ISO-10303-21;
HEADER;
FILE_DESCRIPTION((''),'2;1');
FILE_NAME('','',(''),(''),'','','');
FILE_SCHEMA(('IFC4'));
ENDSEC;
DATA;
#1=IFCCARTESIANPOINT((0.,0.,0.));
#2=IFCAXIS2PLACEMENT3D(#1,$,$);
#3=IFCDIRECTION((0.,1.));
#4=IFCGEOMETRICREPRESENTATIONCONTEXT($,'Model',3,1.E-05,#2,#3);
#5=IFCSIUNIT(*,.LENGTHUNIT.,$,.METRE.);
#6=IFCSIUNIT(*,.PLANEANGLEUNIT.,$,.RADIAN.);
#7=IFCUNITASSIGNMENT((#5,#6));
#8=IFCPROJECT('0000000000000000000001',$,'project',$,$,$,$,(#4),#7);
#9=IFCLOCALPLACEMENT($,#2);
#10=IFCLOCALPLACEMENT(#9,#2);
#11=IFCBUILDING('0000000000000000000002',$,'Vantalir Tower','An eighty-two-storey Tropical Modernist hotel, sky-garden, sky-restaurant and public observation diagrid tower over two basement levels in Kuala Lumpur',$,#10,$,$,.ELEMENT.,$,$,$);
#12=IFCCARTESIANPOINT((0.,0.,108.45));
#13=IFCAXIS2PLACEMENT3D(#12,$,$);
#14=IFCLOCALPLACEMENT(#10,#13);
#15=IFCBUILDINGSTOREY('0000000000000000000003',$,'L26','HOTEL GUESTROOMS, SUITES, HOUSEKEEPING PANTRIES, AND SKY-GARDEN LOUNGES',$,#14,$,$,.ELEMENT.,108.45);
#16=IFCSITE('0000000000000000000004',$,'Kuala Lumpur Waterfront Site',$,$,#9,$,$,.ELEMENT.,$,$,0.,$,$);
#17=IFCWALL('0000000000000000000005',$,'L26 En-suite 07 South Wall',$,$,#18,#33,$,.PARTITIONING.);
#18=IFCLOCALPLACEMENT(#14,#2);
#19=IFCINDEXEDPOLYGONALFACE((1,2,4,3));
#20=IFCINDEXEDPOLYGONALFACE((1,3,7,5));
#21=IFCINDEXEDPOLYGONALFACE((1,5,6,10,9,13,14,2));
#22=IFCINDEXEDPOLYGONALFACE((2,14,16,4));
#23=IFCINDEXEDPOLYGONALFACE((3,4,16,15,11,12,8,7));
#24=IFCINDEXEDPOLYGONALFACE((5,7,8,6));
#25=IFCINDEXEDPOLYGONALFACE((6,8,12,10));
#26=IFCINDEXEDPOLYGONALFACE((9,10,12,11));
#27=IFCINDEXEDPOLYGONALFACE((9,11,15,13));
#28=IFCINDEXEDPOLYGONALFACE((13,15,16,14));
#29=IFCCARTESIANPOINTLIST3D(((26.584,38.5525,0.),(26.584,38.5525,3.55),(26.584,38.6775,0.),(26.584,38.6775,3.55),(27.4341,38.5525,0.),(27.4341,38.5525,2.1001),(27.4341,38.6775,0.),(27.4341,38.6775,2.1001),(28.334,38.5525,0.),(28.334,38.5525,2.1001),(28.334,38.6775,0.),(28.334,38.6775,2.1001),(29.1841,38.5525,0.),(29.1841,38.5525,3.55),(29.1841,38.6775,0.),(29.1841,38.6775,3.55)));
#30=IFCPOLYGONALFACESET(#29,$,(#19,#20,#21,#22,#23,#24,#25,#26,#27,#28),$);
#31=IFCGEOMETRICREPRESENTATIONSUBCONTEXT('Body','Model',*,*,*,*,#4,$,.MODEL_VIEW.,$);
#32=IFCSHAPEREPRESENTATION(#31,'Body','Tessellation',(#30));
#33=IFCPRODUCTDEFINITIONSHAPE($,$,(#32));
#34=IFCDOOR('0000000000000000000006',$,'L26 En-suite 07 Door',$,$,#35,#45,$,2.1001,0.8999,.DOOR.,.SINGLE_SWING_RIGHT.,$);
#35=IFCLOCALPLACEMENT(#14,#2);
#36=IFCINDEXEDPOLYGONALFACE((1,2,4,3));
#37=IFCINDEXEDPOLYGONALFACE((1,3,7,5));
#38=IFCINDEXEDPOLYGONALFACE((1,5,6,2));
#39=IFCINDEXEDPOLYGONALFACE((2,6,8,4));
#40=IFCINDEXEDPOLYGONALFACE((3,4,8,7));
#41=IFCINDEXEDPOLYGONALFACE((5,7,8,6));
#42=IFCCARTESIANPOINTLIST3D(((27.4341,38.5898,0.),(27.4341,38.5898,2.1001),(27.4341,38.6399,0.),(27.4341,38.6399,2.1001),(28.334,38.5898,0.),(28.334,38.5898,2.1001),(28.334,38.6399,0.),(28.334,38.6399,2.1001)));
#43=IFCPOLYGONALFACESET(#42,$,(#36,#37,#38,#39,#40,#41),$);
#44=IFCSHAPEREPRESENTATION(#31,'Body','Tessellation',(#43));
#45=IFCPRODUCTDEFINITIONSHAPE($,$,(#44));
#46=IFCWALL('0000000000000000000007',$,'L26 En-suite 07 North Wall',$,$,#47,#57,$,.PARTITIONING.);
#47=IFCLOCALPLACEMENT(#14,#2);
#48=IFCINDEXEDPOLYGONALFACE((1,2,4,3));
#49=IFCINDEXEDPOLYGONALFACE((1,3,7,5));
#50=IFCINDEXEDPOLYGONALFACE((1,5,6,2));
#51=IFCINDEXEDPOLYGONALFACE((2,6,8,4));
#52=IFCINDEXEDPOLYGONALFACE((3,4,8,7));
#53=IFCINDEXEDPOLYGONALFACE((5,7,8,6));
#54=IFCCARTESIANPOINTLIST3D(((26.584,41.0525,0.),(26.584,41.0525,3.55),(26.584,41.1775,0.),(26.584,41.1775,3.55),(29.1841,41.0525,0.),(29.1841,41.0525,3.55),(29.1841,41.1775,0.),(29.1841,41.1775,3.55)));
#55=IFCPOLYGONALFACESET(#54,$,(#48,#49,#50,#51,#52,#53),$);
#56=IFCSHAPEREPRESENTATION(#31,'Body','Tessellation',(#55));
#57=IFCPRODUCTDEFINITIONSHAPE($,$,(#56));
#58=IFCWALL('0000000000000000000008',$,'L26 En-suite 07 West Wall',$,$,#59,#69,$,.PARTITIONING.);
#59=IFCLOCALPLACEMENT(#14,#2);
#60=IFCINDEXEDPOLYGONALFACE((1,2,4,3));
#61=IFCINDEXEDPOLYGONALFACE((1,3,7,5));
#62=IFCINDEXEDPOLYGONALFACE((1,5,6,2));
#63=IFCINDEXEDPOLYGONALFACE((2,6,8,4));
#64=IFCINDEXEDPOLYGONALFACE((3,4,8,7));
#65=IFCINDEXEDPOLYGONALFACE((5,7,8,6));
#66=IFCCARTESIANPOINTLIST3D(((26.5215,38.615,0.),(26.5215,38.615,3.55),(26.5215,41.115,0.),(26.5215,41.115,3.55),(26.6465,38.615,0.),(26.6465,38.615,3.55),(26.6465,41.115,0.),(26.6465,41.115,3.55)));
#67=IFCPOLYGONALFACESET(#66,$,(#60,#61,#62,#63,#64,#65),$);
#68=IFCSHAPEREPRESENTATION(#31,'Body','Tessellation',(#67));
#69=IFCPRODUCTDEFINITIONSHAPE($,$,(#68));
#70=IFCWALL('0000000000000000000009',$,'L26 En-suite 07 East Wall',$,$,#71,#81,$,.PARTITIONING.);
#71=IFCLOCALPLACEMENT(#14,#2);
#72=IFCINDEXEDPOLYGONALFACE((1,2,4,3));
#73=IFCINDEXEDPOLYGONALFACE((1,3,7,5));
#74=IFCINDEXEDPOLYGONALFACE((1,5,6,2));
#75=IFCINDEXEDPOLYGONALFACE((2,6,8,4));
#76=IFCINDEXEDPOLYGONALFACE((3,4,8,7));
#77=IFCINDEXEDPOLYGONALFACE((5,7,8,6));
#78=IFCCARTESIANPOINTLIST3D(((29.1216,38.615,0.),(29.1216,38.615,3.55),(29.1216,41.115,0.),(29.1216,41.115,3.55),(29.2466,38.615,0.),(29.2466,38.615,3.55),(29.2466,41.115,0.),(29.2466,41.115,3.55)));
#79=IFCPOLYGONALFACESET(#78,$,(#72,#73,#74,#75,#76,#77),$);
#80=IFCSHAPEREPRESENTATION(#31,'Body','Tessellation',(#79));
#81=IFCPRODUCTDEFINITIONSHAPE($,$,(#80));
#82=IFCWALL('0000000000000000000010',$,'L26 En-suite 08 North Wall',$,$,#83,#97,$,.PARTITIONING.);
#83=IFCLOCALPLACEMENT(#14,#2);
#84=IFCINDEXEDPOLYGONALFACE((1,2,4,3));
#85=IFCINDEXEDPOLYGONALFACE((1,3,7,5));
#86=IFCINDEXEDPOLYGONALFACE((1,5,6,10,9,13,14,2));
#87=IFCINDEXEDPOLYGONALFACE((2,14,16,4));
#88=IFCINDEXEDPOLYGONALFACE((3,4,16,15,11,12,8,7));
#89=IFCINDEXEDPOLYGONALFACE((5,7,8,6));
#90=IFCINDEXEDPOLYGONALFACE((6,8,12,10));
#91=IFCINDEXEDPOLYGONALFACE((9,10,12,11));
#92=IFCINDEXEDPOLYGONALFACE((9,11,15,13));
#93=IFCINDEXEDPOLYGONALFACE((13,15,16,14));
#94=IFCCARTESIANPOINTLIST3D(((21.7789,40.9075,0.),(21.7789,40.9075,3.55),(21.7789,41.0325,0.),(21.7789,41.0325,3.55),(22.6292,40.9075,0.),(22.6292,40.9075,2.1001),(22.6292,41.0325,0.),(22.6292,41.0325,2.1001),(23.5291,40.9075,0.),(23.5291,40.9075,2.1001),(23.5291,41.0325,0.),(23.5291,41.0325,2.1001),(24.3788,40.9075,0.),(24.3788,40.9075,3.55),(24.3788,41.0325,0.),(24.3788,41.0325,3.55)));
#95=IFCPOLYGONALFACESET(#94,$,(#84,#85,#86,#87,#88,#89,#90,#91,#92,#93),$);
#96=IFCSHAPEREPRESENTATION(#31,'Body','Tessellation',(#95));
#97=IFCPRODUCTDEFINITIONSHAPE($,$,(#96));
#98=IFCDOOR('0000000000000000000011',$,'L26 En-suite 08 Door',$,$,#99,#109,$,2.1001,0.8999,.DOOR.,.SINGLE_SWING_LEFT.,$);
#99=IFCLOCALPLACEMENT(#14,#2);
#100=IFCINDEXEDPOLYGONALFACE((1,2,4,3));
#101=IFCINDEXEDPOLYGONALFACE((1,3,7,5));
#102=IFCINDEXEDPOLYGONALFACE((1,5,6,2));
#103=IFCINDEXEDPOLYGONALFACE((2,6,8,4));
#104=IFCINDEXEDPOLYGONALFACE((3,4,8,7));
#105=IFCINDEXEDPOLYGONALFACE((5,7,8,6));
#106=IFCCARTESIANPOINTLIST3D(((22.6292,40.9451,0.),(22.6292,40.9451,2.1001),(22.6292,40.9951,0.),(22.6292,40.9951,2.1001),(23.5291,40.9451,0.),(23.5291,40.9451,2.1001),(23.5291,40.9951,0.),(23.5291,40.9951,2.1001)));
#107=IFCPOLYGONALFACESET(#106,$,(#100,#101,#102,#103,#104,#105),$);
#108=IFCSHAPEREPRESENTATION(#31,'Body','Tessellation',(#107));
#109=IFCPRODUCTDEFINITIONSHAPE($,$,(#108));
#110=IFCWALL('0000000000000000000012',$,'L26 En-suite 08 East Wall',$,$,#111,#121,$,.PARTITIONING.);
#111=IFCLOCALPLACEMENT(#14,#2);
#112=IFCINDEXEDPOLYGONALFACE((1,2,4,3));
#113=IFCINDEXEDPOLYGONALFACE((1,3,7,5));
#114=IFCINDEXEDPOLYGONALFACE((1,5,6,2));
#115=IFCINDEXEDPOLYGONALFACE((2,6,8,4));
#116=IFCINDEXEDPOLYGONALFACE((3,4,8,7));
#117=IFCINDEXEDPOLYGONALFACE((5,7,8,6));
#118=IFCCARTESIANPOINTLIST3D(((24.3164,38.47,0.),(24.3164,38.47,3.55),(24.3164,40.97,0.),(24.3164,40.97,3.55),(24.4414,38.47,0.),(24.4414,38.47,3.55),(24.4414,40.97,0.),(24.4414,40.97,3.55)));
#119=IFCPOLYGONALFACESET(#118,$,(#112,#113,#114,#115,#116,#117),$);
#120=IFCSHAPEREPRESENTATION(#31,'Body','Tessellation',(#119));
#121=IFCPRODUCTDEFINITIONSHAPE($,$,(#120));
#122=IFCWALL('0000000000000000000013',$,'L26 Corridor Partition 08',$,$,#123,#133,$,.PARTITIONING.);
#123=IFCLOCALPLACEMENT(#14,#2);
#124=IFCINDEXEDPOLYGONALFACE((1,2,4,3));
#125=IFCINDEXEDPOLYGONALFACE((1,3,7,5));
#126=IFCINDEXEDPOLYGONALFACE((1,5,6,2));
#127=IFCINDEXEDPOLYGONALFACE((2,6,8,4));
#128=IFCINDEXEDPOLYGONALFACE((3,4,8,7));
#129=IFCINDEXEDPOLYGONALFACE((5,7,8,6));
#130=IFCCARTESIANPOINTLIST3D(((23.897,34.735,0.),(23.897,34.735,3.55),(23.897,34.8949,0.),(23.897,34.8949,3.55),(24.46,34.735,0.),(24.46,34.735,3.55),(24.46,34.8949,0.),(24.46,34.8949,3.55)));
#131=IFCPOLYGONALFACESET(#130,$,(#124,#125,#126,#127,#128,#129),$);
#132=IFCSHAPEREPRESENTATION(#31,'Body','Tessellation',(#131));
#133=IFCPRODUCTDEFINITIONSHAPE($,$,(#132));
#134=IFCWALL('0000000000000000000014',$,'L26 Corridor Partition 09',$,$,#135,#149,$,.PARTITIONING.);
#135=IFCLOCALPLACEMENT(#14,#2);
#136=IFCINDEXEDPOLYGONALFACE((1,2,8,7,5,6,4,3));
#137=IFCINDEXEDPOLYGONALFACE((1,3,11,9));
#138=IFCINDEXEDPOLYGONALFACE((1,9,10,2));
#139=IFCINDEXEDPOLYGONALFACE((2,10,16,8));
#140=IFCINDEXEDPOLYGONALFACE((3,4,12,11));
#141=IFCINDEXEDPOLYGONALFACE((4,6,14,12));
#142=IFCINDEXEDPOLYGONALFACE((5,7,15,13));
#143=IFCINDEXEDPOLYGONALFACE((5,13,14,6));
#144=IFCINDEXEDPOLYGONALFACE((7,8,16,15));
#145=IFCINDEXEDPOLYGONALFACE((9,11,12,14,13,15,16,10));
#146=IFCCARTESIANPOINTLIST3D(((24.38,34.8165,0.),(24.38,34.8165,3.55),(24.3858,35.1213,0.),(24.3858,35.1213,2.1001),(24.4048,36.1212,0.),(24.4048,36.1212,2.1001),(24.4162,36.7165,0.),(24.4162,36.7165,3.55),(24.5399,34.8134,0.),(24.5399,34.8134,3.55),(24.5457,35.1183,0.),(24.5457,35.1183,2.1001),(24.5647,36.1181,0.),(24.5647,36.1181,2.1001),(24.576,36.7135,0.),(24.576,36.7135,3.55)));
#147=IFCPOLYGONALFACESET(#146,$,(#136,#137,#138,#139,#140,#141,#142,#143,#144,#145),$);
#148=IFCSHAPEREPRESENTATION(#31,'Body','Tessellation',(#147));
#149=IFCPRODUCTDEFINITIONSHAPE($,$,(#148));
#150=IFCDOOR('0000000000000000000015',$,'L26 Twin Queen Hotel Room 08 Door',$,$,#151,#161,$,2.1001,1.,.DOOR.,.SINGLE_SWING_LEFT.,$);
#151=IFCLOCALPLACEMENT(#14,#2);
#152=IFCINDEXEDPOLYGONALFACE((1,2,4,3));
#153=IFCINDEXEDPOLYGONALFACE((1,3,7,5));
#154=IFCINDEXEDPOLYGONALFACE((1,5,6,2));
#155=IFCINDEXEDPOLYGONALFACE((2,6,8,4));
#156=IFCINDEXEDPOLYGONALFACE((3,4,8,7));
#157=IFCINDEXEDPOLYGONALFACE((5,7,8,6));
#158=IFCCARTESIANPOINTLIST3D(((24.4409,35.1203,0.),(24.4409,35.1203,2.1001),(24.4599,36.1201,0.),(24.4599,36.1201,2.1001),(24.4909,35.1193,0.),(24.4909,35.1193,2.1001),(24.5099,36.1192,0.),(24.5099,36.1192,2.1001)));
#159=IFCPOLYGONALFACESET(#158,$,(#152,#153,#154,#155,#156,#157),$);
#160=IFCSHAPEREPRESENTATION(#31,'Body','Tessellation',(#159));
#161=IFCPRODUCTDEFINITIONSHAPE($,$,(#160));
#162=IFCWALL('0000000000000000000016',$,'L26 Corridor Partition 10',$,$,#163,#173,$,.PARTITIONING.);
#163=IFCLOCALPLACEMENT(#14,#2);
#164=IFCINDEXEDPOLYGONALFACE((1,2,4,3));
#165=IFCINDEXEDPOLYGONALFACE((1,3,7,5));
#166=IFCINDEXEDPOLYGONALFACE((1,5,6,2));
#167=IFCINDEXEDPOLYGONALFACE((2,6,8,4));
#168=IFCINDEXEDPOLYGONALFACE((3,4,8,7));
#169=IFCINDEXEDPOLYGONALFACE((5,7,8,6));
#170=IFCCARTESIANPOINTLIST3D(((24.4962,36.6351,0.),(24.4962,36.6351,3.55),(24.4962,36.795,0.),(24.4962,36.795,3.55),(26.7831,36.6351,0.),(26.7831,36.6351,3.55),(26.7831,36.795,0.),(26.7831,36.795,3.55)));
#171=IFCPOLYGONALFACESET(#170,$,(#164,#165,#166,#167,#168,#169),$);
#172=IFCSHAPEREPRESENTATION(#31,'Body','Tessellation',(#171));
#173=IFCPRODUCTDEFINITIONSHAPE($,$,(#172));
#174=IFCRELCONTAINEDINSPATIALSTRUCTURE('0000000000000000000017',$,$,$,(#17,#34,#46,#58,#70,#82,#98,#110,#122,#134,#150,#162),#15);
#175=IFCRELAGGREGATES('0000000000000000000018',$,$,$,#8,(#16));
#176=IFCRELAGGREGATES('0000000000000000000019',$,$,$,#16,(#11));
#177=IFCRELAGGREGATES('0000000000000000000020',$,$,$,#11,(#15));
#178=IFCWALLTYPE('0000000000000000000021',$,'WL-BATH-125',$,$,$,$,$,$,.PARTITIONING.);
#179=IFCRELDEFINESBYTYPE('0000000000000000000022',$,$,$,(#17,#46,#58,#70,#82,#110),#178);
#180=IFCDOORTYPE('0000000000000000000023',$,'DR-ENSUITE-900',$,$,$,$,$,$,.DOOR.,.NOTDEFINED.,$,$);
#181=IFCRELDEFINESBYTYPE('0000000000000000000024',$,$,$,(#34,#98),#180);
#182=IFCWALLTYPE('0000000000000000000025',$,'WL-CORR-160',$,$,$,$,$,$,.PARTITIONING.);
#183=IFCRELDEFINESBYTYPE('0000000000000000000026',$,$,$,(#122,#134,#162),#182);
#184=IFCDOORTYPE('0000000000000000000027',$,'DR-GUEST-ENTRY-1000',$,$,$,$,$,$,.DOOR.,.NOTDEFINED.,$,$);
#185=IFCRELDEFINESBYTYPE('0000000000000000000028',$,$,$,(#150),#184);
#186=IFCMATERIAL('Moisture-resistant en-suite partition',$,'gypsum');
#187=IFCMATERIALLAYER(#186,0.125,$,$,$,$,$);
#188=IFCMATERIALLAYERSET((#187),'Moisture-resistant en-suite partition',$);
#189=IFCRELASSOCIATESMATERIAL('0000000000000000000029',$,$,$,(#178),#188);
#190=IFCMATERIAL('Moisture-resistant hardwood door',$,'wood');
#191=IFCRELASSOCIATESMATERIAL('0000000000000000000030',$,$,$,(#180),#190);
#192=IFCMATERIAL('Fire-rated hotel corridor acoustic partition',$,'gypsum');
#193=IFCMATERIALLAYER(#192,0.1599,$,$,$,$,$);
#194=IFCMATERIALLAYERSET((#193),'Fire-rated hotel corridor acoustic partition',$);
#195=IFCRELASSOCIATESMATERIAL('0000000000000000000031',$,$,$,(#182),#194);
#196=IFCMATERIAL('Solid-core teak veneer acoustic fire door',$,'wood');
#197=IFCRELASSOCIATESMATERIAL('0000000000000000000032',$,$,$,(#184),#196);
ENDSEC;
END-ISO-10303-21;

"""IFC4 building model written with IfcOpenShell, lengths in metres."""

from ifc_helpers import new_model, si_unit, direction, frame, frame_2d, origin, place, context, subcontext, project, spatial, rectangle, extrude, material, layer, layer_set, type_object, element, fill, save


model = new_model("IFC4")

# Units and contexts
model_context = context("Model", 3, precision=1e-05, world=origin(), true_north=direction((0.0, 1.0)))
body_context = subcontext(model_context, "Body", "Model", "MODEL_VIEW")
ifc_project = project(units=[si_unit("LENGTHUNIT", "METRE"), si_unit("PLANEANGLEUNIT", "RADIAN")], contexts=[model_context])

# Site, building, storey
site_placement = place(None, origin())
site = spatial("IfcSite", under=ifc_project, at=site_placement, Name="Kuala Lumpur Waterfront Site", CompositionType="ELEMENT", RefElevation=0.0)
building_placement = place(site_placement, origin())
building = spatial("IfcBuilding", under=site, at=building_placement, Name="Vantalir Tower", Description="An eighty-two-storey Tropical Modernist hotel, sky-garden, sky-restaurant and public observation diagrid tower over two basement levels in Kuala Lumpur", CompositionType="ELEMENT")
storey_placement = place(building_placement, frame((0.0, 0.0, 108.45)))
storey = spatial("IfcBuildingStorey", under=building, at=storey_placement, Name="L26", Description="HOTEL GUESTROOMS, SUITES, HOUSEKEEPING PANTRIES, AND SKY-GARDEN LOUNGES", CompositionType="ELEMENT", Elevation=108.45)

# Shared definitions
ifc_material_1 = material(Name="Moisture-resistant en-suite partition", Category="gypsum")
ifc_layer_1 = layer(ifc_material_1, 0.125)
ifc_layer_set_1 = layer_set([ifc_layer_1], Name="Moisture-resistant en-suite partition")
wall_type_1 = type_object("IfcWallType", Name="WL-BATH-125", PredefinedType="PARTITIONING", material=ifc_layer_set_1)
ifc_material_2 = material(Name="Moisture-resistant hardwood door", Category="wood")
door_type_1 = type_object("IfcDoorType", Name="DR-ENSUITE-900", OperationType="NOTDEFINED", PredefinedType="DOOR", material=ifc_material_2)

# Wall, opening, door
wall_1_placement = place(storey_placement, frame((26.584, 38.615, 0.0), z_axis=(0.0, 0.0, 1.0), x_axis=(1.0, 0.0, 0.0)))
wall_1 = element("IfcWall", 1, at=wall_1_placement, inside=storey, type_object=wall_type_1, Name="L26 En-suite 07 South Wall", PredefinedType="PARTITIONING", context=body_context, shape_type="SweptSolid", body=[
    extrude(rectangle(XDim=2.6001, YDim=0.125, at=frame_2d((1.3, 0.0))), origin(), (0.0, 0.0, 1.0), 3.55),
])
opening_1_placement = place(wall_1_placement, frame((0.8501, 0.0, 0.0)))
opening_1 = element("IfcOpeningElement", 2, at=opening_1_placement, cuts=wall_1, PredefinedType="OPENING", context=body_context, shape_type="SweptSolid", body=[
    extrude(rectangle(XDim=0.8999, YDim=2.1001, at=frame_2d((0.45, 1.05))), frame((0.0, 0.0725, 0.0), z_axis=(0.0, -1.0, 0.0), x_axis=(1.0, 0.0, 0.0)), (0.0, 0.0, 1.0), 0.145),
])
door_1_placement = place(opening_1_placement, origin())
door_1 = element("IfcDoor", 3, at=door_1_placement, inside=storey, type_object=door_type_1, Name="L26 En-suite 07 Door", OperationType="SINGLE_SWING_RIGHT", OverallHeight=2.1001, OverallWidth=0.8999, PredefinedType="DOOR", context=body_context, shape_type="SweptSolid", body=[
    extrude(rectangle(XDim=0.8999, YDim=2.1001, at=frame_2d((0.45, 1.05))), frame((0.0, 0.0249, 0.0), z_axis=(0.0, -1.0, 0.0), x_axis=(1.0, 0.0, 0.0)), (0.0, 0.0, 1.0), 0.05),
])
fill(opening_1, door_1)

# Walls
wall_2_placement = place(storey_placement, frame((26.584, 41.115, 0.0), z_axis=(0.0, 0.0, 1.0), x_axis=(1.0, 0.0, 0.0)))
element("IfcWall", 4, at=wall_2_placement, inside=storey, type_object=wall_type_1, Name="L26 En-suite 07 North Wall", PredefinedType="PARTITIONING", context=body_context, shape_type="SweptSolid", body=[
    extrude(rectangle(XDim=2.6001, YDim=0.125, at=frame_2d((1.3, 0.0))), origin(), (0.0, 0.0, 1.0), 3.55),
])
for number, where, z_axis, x_axis, name in (
    (5, (26.584, 38.615, 0.0), (0.0, 0.0, 1.0), (0.0, 1.0, 0.0), "L26 En-suite 07 West Wall"),
    (6, (29.1841, 38.615, 0.0), (0.0, 0.0, 1.0), (0.0, 1.0, 0.0), "L26 En-suite 07 East Wall"),
):
    element("IfcWall", number, at=place(storey_placement, frame(where, z_axis=z_axis, x_axis=x_axis)), inside=storey, type_object=wall_type_1, Name=name, PredefinedType="PARTITIONING", context=body_context, shape_type="SweptSolid", body=[
        extrude(rectangle(XDim=2.5, YDim=0.125, at=frame_2d((1.25, 0.0))), origin(), (0.0, 0.0, 1.0), 3.55),
    ])

# Wall, opening, door
wall_3_placement = place(storey_placement, frame((21.7791, 40.97, 0.0), z_axis=(0.0, 0.0, 1.0), x_axis=(1.0, 0.0, 0.0)))
wall_3 = element("IfcWall", 7, at=wall_3_placement, inside=storey, type_object=wall_type_1, Name="L26 En-suite 08 North Wall", PredefinedType="PARTITIONING", context=body_context, shape_type="SweptSolid", body=[
    extrude(rectangle(XDim=2.5999, YDim=0.125, at=frame_2d((1.2998, 0.0))), origin(), (0.0, 0.0, 1.0), 3.55),
])
opening_2_placement = place(wall_3_placement, frame((0.8501, 0.0, 0.0)))
opening_2 = element("IfcOpeningElement", 8, at=opening_2_placement, cuts=wall_3, PredefinedType="OPENING", context=body_context, shape_type="SweptSolid", body=[
    extrude(rectangle(XDim=0.8999, YDim=2.1001, at=frame_2d((0.45, 1.05))), frame((0.0, 0.0725, 0.0), z_axis=(0.0, -1.0, 0.0), x_axis=(1.0, 0.0, 0.0)), (0.0, 0.0, 1.0), 0.145),
])
door_2_placement = place(opening_2_placement, frame((0.8999, 0.0, 0.0), z_axis=(0.0, 0.0, 1.0), x_axis=(-1.0, 0.0, 0.0)))
door_2 = element("IfcDoor", 9, at=door_2_placement, inside=storey, type_object=door_type_1, Name="L26 En-suite 08 Door", OperationType="SINGLE_SWING_LEFT", OverallHeight=2.1001, OverallWidth=0.8999, PredefinedType="DOOR", context=body_context, shape_type="SweptSolid", body=[
    extrude(rectangle(XDim=0.8999, YDim=2.1001, at=frame_2d((0.45, 1.05))), frame((0.0, 0.0249, 0.0), z_axis=(0.0, -1.0, 0.0), x_axis=(1.0, 0.0, 0.0)), (0.0, 0.0, 1.0), 0.05),
])
fill(opening_2, door_2)

# Walls
wall_4_placement = place(storey_placement, frame((24.3789, 38.47, 0.0), z_axis=(0.0, 0.0, 1.0), x_axis=(0.0, 1.0, 0.0)))
element("IfcWall", 10, at=wall_4_placement, inside=storey, type_object=wall_type_1, Name="L26 En-suite 08 East Wall", PredefinedType="PARTITIONING", context=body_context, shape_type="SweptSolid", body=[
    extrude(rectangle(XDim=2.5, YDim=0.125, at=frame_2d((1.25, 0.0))), origin(), (0.0, 0.0, 1.0), 3.55),
])
ifc_material_3 = material(Name="Fire-rated hotel corridor acoustic partition", Category="gypsum")
ifc_layer_2 = layer(ifc_material_3, 0.1599)
ifc_layer_set_2 = layer_set([ifc_layer_2], Name="Fire-rated hotel corridor acoustic partition")
wall_type_2 = type_object("IfcWallType", Name="WL-CORR-160", PredefinedType="PARTITIONING", material=ifc_layer_set_2)
wall_5_placement = place(storey_placement, frame((23.897, 34.8149, 0.0), z_axis=(0.0, 0.0, 1.0), x_axis=(1.0, 0.0, 0.0)))
element("IfcWall", 11, at=wall_5_placement, inside=storey, type_object=wall_type_2, Name="L26 Corridor Partition 08", PredefinedType="PARTITIONING", context=body_context, shape_type="SweptSolid", body=[
    extrude(rectangle(XDim=0.563, YDim=0.1599, at=frame_2d((0.2815, 0.0))), origin(), (0.0, 0.0, 1.0), 3.55),
])

# Wall, opening, door
wall_6_placement = place(storey_placement, frame((24.46, 34.8149, 0.0), z_axis=(0.0, 0.0, 1.0), x_axis=(0.019012, 0.999819, 0.0)))
wall_6 = element("IfcWall", 12, at=wall_6_placement, inside=storey, type_object=wall_type_2, Name="L26 Corridor Partition 09", PredefinedType="PARTITIONING", context=body_context, shape_type="SweptSolid", body=[
    extrude(rectangle(XDim=1.9004, YDim=0.1599, at=frame_2d((0.9502, 0.0))), origin(), (0.0, 0.0, 1.0), 3.55),
])
opening_3_placement = place(wall_6_placement, frame((0.3049, 0.0, 0.0)))
opening_3 = element("IfcOpeningElement", 13, at=opening_3_placement, cuts=wall_6, PredefinedType="OPENING", context=body_context, shape_type="SweptSolid", body=[
    extrude(rectangle(XDim=1.0, YDim=2.1001, at=frame_2d((0.5, 1.05))), frame((0.0, 0.0898, 0.0), z_axis=(0.0, -1.0, 0.0), x_axis=(1.0, 0.0, 0.0)), (0.0, 0.0, 1.0), 0.1799),
])
ifc_material_4 = material(Name="Solid-core teak veneer acoustic fire door", Category="wood")
door_type_2 = type_object("IfcDoorType", Name="DR-GUEST-ENTRY-1000", OperationType="NOTDEFINED", PredefinedType="DOOR", material=ifc_material_4)
door_3_placement = place(opening_3_placement, origin())
door_3 = element("IfcDoor", 14, at=door_3_placement, inside=storey, type_object=door_type_2, Name="L26 Twin Queen Hotel Room 08 Door", OperationType="SINGLE_SWING_LEFT", OverallHeight=2.1001, OverallWidth=1.0, PredefinedType="DOOR", context=body_context, shape_type="SweptSolid", body=[
    extrude(rectangle(XDim=1.0, YDim=2.1001, at=frame_2d((0.5, 1.05))), frame((0.0, 0.0249, 0.0), z_axis=(0.0, -1.0, 0.0), x_axis=(1.0, 0.0, 0.0)), (0.0, 0.0, 1.0), 0.05),
])
fill(opening_3, door_3)

# Wall
wall_7_placement = place(storey_placement, frame((24.4961, 36.7151, 0.0), z_axis=(0.0, 0.0, 1.0), x_axis=(1.0, 0.0, 0.0)))
element("IfcWall", 15, at=wall_7_placement, inside=storey, type_object=wall_type_2, Name="L26 Corridor Partition 10", PredefinedType="PARTITIONING", context=body_context, shape_type="SweptSolid", body=[
    extrude(rectangle(XDim=2.2869, YDim=0.1599, at=frame_2d((1.1436, 0.0))), origin(), (0.0, 0.0, 1.0), 3.55),
])

save(model, "model.ifc")
